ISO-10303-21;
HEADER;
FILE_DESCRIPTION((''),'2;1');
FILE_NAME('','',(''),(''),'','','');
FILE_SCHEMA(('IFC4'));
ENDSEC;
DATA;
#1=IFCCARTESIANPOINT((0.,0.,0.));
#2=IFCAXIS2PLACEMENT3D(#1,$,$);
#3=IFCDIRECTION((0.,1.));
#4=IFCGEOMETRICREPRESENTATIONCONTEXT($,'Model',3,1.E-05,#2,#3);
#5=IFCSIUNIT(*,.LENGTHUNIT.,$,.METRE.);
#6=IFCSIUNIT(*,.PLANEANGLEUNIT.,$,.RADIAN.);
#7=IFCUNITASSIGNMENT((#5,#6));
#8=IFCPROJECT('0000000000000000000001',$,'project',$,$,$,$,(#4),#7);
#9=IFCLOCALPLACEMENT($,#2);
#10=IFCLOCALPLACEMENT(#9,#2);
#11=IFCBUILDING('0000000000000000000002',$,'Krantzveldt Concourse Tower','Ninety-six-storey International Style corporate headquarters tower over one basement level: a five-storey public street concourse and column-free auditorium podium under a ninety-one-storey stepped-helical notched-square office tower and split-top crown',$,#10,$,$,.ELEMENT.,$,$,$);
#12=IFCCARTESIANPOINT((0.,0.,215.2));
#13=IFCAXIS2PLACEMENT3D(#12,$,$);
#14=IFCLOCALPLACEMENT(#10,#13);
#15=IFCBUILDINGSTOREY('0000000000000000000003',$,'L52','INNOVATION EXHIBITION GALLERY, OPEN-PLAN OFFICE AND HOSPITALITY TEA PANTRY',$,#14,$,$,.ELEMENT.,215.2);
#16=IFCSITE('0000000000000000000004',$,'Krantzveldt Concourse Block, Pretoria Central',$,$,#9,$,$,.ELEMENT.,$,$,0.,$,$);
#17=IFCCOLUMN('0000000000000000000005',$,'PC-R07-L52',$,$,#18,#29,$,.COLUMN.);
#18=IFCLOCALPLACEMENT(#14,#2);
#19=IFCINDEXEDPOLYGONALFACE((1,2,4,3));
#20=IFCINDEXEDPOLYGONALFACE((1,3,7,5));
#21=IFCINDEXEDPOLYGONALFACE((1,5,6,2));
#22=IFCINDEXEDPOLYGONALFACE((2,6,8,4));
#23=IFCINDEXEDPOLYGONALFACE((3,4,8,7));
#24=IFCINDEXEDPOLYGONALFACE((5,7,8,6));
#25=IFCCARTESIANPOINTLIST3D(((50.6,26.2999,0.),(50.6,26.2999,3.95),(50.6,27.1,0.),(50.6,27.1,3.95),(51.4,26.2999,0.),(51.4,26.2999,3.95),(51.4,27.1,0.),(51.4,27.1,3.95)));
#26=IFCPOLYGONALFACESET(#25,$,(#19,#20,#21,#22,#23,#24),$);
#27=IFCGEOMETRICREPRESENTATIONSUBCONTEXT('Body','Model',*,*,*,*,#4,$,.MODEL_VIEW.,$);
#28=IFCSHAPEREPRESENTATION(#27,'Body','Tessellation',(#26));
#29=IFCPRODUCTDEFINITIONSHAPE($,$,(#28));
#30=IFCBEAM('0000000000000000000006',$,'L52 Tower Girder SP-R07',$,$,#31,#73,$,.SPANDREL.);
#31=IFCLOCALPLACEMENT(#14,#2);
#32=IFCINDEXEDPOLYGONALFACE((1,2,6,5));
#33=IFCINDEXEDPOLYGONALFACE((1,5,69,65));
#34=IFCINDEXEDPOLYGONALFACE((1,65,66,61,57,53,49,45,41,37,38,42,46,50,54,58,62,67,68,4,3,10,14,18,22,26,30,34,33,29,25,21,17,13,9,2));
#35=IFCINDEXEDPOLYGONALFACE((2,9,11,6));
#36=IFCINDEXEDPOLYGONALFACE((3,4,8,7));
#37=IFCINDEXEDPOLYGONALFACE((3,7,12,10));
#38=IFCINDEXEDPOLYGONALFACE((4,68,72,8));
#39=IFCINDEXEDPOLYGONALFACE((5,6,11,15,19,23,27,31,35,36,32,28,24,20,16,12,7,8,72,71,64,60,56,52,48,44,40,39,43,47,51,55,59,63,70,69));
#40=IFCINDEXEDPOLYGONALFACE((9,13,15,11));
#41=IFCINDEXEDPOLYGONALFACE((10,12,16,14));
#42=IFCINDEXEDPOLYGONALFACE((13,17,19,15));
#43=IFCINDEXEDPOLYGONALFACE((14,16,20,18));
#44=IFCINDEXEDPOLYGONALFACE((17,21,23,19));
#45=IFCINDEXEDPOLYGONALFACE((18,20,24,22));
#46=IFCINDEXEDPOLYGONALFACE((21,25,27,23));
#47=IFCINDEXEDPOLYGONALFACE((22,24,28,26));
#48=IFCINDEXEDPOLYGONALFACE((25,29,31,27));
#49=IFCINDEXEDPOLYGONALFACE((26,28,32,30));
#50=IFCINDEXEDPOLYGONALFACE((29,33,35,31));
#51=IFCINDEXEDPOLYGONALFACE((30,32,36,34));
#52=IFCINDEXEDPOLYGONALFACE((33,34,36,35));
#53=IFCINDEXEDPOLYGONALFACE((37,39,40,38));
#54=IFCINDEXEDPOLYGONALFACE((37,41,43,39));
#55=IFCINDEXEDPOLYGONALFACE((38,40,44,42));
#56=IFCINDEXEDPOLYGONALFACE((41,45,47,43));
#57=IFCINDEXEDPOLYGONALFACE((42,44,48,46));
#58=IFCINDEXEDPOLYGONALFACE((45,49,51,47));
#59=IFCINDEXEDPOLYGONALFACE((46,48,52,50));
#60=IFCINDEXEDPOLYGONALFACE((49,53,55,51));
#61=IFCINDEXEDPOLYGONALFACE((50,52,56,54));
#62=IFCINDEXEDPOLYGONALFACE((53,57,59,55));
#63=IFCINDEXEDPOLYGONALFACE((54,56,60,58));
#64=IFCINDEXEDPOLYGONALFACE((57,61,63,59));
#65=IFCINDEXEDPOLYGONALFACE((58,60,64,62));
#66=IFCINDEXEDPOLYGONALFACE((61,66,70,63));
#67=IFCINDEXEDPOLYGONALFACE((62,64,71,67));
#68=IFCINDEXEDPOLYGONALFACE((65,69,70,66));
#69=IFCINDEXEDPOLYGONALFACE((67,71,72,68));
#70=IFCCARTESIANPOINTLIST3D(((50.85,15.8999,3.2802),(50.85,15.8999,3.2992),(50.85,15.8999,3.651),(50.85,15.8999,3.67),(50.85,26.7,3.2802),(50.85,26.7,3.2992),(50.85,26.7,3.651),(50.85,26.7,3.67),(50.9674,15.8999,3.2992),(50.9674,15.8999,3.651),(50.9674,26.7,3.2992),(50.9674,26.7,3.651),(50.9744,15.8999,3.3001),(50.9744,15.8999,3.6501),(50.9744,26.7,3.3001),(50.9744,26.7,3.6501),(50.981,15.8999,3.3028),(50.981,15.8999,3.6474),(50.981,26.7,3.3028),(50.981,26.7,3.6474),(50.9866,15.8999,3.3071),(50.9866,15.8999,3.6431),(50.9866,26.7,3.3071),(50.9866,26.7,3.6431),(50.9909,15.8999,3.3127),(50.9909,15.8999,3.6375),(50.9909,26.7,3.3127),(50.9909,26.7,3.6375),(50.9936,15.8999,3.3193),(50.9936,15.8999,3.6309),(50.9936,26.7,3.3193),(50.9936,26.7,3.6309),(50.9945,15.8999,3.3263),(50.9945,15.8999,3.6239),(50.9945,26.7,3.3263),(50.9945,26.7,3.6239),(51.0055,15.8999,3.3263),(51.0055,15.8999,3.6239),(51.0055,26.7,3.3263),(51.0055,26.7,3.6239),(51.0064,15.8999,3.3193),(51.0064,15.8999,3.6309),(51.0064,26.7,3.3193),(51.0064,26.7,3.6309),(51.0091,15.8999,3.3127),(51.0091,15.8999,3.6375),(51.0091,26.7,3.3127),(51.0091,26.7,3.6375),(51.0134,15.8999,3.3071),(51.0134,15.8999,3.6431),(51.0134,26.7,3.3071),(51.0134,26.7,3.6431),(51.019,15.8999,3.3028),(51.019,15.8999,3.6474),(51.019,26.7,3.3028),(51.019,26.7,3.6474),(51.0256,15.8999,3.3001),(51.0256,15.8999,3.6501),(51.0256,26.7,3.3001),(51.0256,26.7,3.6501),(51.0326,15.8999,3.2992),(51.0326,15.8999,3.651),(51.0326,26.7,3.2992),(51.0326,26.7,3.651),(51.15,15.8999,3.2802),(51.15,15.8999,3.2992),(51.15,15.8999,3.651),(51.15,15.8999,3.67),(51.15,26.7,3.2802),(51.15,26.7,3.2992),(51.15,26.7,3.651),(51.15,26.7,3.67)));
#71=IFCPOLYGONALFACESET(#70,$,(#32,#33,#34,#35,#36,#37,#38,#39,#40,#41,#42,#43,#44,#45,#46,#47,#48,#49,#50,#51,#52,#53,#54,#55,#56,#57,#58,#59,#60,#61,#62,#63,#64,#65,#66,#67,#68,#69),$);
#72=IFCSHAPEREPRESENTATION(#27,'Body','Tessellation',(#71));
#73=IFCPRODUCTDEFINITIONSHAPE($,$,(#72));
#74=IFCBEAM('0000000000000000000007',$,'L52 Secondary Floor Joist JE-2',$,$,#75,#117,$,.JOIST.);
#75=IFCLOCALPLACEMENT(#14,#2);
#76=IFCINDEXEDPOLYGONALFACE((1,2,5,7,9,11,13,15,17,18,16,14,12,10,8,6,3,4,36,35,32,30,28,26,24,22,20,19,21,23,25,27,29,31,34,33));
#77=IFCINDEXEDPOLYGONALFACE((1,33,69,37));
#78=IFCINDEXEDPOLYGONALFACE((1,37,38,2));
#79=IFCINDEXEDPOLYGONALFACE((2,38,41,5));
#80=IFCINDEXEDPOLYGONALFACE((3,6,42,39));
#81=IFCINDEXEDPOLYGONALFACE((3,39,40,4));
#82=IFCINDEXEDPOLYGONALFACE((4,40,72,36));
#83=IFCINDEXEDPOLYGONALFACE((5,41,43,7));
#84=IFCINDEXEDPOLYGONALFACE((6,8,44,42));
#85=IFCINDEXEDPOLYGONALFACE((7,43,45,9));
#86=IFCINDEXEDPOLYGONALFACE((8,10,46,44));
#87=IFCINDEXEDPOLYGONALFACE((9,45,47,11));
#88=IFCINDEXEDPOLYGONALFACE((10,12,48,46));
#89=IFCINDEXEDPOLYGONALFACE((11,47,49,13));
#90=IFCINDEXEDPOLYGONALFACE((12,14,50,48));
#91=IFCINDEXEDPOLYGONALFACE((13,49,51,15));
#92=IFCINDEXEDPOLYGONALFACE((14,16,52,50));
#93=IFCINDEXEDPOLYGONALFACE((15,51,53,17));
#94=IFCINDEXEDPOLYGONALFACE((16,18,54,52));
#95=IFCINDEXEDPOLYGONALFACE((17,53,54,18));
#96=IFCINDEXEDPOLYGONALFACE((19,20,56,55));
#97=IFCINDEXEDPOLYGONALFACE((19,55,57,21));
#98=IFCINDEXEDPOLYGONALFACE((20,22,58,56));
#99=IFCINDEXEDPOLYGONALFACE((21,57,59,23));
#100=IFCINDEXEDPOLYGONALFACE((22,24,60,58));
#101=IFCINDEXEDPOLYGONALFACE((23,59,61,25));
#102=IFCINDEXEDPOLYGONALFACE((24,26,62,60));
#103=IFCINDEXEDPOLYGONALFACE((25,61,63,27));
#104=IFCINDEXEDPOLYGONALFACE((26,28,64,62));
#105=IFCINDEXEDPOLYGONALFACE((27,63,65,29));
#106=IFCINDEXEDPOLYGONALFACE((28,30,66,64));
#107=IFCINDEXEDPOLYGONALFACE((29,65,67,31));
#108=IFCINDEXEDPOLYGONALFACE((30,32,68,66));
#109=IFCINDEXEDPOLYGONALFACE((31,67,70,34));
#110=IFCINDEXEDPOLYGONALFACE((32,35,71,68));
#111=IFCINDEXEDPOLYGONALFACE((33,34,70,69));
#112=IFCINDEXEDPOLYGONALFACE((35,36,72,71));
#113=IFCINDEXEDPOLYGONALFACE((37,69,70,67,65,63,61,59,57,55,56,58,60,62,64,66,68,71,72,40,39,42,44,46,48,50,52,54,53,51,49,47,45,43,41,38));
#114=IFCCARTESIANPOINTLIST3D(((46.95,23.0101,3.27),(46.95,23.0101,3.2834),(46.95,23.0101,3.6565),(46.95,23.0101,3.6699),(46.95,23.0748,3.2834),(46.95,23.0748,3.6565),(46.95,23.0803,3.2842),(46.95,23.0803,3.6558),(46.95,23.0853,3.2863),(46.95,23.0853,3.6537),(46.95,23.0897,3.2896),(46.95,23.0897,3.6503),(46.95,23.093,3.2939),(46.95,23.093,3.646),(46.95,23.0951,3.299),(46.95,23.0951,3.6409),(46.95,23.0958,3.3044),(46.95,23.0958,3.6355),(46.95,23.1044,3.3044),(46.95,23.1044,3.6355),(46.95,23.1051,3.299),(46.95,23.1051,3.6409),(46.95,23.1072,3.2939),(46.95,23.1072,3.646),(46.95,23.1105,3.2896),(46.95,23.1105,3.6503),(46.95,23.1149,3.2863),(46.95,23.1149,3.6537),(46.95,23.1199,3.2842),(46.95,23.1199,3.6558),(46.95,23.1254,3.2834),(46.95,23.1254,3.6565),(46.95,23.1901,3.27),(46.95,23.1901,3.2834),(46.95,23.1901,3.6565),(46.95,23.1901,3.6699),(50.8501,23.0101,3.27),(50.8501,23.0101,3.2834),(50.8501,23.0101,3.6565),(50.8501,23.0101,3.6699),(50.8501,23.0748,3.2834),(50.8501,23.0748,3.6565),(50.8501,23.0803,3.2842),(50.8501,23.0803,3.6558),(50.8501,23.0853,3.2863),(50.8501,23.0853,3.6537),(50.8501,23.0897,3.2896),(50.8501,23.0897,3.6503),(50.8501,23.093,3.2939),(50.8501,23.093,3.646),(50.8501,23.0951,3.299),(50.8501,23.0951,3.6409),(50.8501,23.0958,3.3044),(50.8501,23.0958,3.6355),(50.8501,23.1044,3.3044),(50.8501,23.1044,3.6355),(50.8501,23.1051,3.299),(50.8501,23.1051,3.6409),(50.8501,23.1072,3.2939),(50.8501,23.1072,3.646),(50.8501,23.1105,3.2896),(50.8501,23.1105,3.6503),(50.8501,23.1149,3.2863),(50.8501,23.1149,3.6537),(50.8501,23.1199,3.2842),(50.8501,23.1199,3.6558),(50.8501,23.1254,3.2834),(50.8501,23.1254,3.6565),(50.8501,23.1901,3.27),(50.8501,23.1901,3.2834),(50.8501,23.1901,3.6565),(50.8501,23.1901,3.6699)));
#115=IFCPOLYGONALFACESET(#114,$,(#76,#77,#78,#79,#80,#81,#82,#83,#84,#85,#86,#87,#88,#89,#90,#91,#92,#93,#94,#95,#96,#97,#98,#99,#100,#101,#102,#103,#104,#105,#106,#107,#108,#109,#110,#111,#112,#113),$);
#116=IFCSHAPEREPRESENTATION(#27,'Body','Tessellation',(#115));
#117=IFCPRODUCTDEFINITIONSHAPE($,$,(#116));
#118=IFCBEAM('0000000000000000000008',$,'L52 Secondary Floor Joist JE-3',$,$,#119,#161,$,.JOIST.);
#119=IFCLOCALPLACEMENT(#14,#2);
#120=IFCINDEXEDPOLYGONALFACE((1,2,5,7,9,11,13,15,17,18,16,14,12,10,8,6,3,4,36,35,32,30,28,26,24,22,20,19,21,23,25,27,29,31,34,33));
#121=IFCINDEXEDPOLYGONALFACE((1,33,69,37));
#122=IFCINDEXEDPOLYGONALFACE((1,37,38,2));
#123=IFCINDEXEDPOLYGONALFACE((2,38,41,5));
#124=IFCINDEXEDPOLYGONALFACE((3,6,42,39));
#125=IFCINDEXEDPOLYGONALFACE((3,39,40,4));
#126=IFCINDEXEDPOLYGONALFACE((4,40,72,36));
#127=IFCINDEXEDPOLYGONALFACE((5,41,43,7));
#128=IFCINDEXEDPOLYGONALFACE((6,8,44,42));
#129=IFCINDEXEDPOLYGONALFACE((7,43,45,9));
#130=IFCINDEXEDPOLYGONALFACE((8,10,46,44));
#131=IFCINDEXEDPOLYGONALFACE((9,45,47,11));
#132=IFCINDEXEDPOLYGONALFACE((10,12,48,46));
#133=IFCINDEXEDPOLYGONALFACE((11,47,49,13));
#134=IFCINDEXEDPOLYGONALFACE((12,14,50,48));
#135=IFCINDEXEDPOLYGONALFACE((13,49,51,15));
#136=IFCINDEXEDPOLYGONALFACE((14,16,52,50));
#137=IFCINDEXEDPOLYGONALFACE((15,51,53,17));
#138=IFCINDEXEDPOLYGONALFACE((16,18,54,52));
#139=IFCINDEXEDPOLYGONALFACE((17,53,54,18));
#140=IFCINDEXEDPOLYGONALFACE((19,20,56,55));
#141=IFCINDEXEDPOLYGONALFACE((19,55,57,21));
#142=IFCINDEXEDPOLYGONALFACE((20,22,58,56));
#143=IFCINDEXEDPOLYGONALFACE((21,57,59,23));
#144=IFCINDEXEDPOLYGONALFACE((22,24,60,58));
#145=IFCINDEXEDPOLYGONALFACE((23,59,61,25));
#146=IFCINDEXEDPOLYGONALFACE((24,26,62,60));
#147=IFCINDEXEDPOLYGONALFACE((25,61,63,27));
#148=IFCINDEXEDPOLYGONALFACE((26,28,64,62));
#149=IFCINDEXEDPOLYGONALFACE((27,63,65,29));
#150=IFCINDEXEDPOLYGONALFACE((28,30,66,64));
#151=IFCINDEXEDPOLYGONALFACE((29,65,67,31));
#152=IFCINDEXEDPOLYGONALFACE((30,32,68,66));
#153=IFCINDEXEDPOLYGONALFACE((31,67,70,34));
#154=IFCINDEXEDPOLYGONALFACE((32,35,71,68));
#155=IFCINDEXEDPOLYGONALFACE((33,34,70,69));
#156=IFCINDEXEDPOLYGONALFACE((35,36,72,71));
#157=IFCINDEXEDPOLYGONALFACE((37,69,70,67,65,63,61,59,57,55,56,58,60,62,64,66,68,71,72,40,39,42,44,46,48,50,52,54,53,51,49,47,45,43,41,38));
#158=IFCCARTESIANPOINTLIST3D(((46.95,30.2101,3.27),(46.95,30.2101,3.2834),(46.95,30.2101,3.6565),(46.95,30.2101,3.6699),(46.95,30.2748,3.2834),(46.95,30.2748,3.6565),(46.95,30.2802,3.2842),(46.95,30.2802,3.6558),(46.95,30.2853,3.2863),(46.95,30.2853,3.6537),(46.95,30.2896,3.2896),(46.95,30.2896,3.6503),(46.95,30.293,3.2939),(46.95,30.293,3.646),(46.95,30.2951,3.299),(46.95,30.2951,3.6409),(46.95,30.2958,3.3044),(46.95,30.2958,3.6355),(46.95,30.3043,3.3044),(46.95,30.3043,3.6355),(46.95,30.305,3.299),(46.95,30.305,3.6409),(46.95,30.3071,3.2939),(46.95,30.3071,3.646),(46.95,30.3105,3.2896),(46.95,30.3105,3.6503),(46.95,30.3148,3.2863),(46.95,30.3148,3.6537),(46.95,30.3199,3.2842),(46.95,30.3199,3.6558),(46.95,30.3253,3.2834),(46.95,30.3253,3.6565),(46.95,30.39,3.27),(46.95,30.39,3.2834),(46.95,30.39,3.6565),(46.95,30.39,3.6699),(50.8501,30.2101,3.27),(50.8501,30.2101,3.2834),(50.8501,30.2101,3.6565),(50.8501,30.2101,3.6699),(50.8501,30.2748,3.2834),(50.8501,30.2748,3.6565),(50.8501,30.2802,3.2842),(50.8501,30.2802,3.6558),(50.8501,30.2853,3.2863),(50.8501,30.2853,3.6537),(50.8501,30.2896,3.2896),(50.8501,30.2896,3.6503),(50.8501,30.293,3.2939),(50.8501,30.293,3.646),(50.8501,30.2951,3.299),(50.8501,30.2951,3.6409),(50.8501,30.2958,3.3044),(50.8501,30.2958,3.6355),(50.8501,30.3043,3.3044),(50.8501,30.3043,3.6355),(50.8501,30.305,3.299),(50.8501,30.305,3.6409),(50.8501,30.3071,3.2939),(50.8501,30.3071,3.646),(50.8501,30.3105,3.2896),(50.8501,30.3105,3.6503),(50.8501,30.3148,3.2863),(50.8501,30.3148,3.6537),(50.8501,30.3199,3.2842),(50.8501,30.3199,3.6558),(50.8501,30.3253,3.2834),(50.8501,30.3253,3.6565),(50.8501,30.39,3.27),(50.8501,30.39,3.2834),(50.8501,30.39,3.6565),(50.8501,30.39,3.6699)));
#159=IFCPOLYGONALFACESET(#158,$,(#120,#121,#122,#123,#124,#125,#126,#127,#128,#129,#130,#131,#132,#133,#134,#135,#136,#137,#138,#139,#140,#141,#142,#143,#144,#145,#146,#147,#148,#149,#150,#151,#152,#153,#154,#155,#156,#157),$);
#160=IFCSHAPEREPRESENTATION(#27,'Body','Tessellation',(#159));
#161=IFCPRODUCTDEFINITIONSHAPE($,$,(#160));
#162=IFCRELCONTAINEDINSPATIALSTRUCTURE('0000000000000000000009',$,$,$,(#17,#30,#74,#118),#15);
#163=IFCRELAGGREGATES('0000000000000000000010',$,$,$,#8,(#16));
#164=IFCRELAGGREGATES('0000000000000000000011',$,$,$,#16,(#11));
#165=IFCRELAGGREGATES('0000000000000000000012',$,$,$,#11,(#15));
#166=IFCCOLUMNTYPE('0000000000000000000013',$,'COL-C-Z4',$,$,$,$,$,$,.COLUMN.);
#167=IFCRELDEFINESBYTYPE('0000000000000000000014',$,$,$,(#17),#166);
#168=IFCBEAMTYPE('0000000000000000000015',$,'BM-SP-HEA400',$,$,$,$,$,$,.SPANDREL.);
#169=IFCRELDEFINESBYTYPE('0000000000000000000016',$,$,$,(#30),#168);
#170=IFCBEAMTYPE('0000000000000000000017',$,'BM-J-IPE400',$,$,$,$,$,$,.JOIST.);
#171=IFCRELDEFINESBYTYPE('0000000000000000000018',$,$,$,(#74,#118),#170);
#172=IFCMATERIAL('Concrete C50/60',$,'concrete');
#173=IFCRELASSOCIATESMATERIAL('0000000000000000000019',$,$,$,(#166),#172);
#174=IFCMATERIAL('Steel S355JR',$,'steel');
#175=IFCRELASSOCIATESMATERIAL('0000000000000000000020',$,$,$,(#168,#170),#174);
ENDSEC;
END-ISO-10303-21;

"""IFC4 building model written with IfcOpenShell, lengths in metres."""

from ifc_helpers import new_model, si_unit, direction, frame, origin, origin_2d, place, context, subcontext, project, spatial, rectangle, i_section, extrude, source, transform, mapped, material, material_profile, profile_set, type_object, type_shapes, element, save


model = new_model("IFC4")

# Units and contexts
model_context = context("Model", 3, precision=1e-05, world=origin(), true_north=direction((0.0, 1.0)))
body_context = subcontext(model_context, "Body", "Model", "MODEL_VIEW")
ifc_project = project(units=[si_unit("LENGTHUNIT", "METRE"), si_unit("PLANEANGLEUNIT", "RADIAN")], contexts=[model_context])

# Site, building, storey
site_placement = place(None, origin())
site = spatial("IfcSite", under=ifc_project, at=site_placement, Name="Krantzveldt Concourse Block, Pretoria Central", CompositionType="ELEMENT", RefElevation=0.0)
building_placement = place(site_placement, origin())
building = spatial("IfcBuilding", under=site, at=building_placement, Name="Krantzveldt Concourse Tower", Description="Ninety-six-storey International Style corporate headquarters tower over one basement level: a five-storey public street concourse and column-free auditorium podium under a ninety-one-storey stepped-helical notched-square office tower and split-top crown", CompositionType="ELEMENT")
storey_placement = place(building_placement, frame((0.0, 0.0, 215.2)))
storey = spatial("IfcBuildingStorey", under=building, at=storey_placement, Name="L52", Description="INNOVATION EXHIBITION GALLERY, OPEN-PLAN OFFICE AND HOSPITALITY TEA PANTRY", CompositionType="ELEMENT", Elevation=215.2)

# Column
ifc_material_1 = material(Name="Concrete C50/60", Category="concrete")
ifc_material_profile_1 = material_profile(ifc_material_1, rectangle(XDim=0.8, YDim=0.8, at=origin_2d()), Name="Concrete C50/60", Category="concrete")
ifc_profile_set_1 = profile_set([ifc_material_profile_1], Name="Concrete C50/60 - RC 800x800")
column_type = type_object("IfcColumnType", Name="COL-C-Z4", PredefinedType="COLUMN", material=ifc_profile_set_1)
shared_shape_1 = source(origin(), body_context, "Body", "SweptSolid", [
    extrude(rectangle(XDim=0.8, YDim=0.8, at=origin_2d()), origin(), (0.0, 0.0, 1.0), 3.95),
])
type_shapes(column_type, [shared_shape_1])
column_placement = place(storey_placement, frame((51.0, 26.7, 0.0), z_axis=(0.0, 0.0, 1.0), x_axis=(1.0, 0.0, 0.0)))
element("IfcColumn", 1, at=column_placement, inside=storey, type_object=column_type, Name="PC-R07-L52", PredefinedType="COLUMN", context=body_context, shape_type="MappedRepresentation", body=[
    mapped(shared_shape_1, transform((0.0, 0.0, 0.0), x_axis=(1.0, 0.0, 0.0), y_axis=(0.0, 1.0, 0.0), z_axis=(0.0, 0.0, 1.0), scale=1.0)),
])

# Beams
ifc_material_2 = material(Name="Steel S355JR", Category="steel")
ifc_material_profile_2 = material_profile(ifc_material_2, i_section(OverallWidth=0.3, OverallDepth=0.3899, WebThickness=0.011, FlangeThickness=0.019, FilletRadius=0.0271, at=origin_2d()), Name="Steel S355JR", Category="steel")
ifc_profile_set_2 = profile_set([ifc_material_profile_2], Name="Steel S355JR - HEA 400")
beam_type_1 = type_object("IfcBeamType", Name="BM-SP-HEA400", PredefinedType="SPANDREL", material=ifc_profile_set_2)
shared_shape_2 = source(origin(), body_context, "Body", "SweptSolid", [
    extrude(i_section(OverallWidth=0.3, OverallDepth=0.3899, WebThickness=0.011, FlangeThickness=0.019, FilletRadius=0.0271, at=origin_2d()), origin(), (0.0, 0.0, 1.0), 10.8),
])
type_shapes(beam_type_1, [shared_shape_2])
beam_placement = place(storey_placement, frame((51.0, 26.7, 3.4751), z_axis=(0.0, -1.0, 0.0), x_axis=(1.0, 0.0, 0.0)))
element("IfcBeam", 2, at=beam_placement, inside=storey, type_object=beam_type_1, Name="L52 Tower Girder SP-R07", PredefinedType="SPANDREL", context=body_context, shape_type="MappedRepresentation", body=[
    mapped(shared_shape_2, transform((0.0, 0.0, 0.0), x_axis=(1.0, 0.0, 0.0), y_axis=(0.0, 1.0, 0.0), z_axis=(0.0, 0.0, 1.0), scale=1.0)),
])
ifc_material_profile_3 = material_profile(ifc_material_2, i_section(OverallWidth=0.1799, OverallDepth=0.3999, WebThickness=0.0085, FlangeThickness=0.0134, FilletRadius=0.021, at=origin_2d()), Name="Steel S355JR", Category="steel")
ifc_profile_set_3 = profile_set([ifc_material_profile_3], Name="Steel S355JR - IPE 400")
beam_type_2 = type_object("IfcBeamType", Name="BM-J-IPE400", PredefinedType="JOIST", material=ifc_profile_set_3)
shared_shape_3 = source(origin(), body_context, "Body", "SweptSolid", [
    extrude(i_section(OverallWidth=0.1799, OverallDepth=0.3999, WebThickness=0.0085, FlangeThickness=0.0134, FilletRadius=0.021, at=origin_2d()), origin(), (0.0, 0.0, 1.0), 3.9001),
])
type_shapes(beam_type_2, [shared_shape_3])
for number, where, z_axis, x_axis, name in (
    (3, (46.95, 23.1001, 3.47), (1.0, 0.0, 0.0), (0.0, 1.0, 0.0), "L52 Secondary Floor Joist JE-2"),
    (4, (46.95, 30.3, 3.47), (1.0, 0.0, 0.0), (0.0, 1.0, 0.0), "L52 Secondary Floor Joist JE-3"),
):
    element("IfcBeam", number, at=place(storey_placement, frame(where, z_axis=z_axis, x_axis=x_axis)), inside=storey, type_object=beam_type_2, Name=name, PredefinedType="JOIST", context=body_context, shape_type="MappedRepresentation", body=[
        mapped(shared_shape_3, transform((0.0, 0.0, 0.0), x_axis=(1.0, 0.0, 0.0), y_axis=(0.0, 1.0, 0.0), z_axis=(0.0, 0.0, 1.0), scale=1.0)),
    ])

save(model, "model.ifc")
